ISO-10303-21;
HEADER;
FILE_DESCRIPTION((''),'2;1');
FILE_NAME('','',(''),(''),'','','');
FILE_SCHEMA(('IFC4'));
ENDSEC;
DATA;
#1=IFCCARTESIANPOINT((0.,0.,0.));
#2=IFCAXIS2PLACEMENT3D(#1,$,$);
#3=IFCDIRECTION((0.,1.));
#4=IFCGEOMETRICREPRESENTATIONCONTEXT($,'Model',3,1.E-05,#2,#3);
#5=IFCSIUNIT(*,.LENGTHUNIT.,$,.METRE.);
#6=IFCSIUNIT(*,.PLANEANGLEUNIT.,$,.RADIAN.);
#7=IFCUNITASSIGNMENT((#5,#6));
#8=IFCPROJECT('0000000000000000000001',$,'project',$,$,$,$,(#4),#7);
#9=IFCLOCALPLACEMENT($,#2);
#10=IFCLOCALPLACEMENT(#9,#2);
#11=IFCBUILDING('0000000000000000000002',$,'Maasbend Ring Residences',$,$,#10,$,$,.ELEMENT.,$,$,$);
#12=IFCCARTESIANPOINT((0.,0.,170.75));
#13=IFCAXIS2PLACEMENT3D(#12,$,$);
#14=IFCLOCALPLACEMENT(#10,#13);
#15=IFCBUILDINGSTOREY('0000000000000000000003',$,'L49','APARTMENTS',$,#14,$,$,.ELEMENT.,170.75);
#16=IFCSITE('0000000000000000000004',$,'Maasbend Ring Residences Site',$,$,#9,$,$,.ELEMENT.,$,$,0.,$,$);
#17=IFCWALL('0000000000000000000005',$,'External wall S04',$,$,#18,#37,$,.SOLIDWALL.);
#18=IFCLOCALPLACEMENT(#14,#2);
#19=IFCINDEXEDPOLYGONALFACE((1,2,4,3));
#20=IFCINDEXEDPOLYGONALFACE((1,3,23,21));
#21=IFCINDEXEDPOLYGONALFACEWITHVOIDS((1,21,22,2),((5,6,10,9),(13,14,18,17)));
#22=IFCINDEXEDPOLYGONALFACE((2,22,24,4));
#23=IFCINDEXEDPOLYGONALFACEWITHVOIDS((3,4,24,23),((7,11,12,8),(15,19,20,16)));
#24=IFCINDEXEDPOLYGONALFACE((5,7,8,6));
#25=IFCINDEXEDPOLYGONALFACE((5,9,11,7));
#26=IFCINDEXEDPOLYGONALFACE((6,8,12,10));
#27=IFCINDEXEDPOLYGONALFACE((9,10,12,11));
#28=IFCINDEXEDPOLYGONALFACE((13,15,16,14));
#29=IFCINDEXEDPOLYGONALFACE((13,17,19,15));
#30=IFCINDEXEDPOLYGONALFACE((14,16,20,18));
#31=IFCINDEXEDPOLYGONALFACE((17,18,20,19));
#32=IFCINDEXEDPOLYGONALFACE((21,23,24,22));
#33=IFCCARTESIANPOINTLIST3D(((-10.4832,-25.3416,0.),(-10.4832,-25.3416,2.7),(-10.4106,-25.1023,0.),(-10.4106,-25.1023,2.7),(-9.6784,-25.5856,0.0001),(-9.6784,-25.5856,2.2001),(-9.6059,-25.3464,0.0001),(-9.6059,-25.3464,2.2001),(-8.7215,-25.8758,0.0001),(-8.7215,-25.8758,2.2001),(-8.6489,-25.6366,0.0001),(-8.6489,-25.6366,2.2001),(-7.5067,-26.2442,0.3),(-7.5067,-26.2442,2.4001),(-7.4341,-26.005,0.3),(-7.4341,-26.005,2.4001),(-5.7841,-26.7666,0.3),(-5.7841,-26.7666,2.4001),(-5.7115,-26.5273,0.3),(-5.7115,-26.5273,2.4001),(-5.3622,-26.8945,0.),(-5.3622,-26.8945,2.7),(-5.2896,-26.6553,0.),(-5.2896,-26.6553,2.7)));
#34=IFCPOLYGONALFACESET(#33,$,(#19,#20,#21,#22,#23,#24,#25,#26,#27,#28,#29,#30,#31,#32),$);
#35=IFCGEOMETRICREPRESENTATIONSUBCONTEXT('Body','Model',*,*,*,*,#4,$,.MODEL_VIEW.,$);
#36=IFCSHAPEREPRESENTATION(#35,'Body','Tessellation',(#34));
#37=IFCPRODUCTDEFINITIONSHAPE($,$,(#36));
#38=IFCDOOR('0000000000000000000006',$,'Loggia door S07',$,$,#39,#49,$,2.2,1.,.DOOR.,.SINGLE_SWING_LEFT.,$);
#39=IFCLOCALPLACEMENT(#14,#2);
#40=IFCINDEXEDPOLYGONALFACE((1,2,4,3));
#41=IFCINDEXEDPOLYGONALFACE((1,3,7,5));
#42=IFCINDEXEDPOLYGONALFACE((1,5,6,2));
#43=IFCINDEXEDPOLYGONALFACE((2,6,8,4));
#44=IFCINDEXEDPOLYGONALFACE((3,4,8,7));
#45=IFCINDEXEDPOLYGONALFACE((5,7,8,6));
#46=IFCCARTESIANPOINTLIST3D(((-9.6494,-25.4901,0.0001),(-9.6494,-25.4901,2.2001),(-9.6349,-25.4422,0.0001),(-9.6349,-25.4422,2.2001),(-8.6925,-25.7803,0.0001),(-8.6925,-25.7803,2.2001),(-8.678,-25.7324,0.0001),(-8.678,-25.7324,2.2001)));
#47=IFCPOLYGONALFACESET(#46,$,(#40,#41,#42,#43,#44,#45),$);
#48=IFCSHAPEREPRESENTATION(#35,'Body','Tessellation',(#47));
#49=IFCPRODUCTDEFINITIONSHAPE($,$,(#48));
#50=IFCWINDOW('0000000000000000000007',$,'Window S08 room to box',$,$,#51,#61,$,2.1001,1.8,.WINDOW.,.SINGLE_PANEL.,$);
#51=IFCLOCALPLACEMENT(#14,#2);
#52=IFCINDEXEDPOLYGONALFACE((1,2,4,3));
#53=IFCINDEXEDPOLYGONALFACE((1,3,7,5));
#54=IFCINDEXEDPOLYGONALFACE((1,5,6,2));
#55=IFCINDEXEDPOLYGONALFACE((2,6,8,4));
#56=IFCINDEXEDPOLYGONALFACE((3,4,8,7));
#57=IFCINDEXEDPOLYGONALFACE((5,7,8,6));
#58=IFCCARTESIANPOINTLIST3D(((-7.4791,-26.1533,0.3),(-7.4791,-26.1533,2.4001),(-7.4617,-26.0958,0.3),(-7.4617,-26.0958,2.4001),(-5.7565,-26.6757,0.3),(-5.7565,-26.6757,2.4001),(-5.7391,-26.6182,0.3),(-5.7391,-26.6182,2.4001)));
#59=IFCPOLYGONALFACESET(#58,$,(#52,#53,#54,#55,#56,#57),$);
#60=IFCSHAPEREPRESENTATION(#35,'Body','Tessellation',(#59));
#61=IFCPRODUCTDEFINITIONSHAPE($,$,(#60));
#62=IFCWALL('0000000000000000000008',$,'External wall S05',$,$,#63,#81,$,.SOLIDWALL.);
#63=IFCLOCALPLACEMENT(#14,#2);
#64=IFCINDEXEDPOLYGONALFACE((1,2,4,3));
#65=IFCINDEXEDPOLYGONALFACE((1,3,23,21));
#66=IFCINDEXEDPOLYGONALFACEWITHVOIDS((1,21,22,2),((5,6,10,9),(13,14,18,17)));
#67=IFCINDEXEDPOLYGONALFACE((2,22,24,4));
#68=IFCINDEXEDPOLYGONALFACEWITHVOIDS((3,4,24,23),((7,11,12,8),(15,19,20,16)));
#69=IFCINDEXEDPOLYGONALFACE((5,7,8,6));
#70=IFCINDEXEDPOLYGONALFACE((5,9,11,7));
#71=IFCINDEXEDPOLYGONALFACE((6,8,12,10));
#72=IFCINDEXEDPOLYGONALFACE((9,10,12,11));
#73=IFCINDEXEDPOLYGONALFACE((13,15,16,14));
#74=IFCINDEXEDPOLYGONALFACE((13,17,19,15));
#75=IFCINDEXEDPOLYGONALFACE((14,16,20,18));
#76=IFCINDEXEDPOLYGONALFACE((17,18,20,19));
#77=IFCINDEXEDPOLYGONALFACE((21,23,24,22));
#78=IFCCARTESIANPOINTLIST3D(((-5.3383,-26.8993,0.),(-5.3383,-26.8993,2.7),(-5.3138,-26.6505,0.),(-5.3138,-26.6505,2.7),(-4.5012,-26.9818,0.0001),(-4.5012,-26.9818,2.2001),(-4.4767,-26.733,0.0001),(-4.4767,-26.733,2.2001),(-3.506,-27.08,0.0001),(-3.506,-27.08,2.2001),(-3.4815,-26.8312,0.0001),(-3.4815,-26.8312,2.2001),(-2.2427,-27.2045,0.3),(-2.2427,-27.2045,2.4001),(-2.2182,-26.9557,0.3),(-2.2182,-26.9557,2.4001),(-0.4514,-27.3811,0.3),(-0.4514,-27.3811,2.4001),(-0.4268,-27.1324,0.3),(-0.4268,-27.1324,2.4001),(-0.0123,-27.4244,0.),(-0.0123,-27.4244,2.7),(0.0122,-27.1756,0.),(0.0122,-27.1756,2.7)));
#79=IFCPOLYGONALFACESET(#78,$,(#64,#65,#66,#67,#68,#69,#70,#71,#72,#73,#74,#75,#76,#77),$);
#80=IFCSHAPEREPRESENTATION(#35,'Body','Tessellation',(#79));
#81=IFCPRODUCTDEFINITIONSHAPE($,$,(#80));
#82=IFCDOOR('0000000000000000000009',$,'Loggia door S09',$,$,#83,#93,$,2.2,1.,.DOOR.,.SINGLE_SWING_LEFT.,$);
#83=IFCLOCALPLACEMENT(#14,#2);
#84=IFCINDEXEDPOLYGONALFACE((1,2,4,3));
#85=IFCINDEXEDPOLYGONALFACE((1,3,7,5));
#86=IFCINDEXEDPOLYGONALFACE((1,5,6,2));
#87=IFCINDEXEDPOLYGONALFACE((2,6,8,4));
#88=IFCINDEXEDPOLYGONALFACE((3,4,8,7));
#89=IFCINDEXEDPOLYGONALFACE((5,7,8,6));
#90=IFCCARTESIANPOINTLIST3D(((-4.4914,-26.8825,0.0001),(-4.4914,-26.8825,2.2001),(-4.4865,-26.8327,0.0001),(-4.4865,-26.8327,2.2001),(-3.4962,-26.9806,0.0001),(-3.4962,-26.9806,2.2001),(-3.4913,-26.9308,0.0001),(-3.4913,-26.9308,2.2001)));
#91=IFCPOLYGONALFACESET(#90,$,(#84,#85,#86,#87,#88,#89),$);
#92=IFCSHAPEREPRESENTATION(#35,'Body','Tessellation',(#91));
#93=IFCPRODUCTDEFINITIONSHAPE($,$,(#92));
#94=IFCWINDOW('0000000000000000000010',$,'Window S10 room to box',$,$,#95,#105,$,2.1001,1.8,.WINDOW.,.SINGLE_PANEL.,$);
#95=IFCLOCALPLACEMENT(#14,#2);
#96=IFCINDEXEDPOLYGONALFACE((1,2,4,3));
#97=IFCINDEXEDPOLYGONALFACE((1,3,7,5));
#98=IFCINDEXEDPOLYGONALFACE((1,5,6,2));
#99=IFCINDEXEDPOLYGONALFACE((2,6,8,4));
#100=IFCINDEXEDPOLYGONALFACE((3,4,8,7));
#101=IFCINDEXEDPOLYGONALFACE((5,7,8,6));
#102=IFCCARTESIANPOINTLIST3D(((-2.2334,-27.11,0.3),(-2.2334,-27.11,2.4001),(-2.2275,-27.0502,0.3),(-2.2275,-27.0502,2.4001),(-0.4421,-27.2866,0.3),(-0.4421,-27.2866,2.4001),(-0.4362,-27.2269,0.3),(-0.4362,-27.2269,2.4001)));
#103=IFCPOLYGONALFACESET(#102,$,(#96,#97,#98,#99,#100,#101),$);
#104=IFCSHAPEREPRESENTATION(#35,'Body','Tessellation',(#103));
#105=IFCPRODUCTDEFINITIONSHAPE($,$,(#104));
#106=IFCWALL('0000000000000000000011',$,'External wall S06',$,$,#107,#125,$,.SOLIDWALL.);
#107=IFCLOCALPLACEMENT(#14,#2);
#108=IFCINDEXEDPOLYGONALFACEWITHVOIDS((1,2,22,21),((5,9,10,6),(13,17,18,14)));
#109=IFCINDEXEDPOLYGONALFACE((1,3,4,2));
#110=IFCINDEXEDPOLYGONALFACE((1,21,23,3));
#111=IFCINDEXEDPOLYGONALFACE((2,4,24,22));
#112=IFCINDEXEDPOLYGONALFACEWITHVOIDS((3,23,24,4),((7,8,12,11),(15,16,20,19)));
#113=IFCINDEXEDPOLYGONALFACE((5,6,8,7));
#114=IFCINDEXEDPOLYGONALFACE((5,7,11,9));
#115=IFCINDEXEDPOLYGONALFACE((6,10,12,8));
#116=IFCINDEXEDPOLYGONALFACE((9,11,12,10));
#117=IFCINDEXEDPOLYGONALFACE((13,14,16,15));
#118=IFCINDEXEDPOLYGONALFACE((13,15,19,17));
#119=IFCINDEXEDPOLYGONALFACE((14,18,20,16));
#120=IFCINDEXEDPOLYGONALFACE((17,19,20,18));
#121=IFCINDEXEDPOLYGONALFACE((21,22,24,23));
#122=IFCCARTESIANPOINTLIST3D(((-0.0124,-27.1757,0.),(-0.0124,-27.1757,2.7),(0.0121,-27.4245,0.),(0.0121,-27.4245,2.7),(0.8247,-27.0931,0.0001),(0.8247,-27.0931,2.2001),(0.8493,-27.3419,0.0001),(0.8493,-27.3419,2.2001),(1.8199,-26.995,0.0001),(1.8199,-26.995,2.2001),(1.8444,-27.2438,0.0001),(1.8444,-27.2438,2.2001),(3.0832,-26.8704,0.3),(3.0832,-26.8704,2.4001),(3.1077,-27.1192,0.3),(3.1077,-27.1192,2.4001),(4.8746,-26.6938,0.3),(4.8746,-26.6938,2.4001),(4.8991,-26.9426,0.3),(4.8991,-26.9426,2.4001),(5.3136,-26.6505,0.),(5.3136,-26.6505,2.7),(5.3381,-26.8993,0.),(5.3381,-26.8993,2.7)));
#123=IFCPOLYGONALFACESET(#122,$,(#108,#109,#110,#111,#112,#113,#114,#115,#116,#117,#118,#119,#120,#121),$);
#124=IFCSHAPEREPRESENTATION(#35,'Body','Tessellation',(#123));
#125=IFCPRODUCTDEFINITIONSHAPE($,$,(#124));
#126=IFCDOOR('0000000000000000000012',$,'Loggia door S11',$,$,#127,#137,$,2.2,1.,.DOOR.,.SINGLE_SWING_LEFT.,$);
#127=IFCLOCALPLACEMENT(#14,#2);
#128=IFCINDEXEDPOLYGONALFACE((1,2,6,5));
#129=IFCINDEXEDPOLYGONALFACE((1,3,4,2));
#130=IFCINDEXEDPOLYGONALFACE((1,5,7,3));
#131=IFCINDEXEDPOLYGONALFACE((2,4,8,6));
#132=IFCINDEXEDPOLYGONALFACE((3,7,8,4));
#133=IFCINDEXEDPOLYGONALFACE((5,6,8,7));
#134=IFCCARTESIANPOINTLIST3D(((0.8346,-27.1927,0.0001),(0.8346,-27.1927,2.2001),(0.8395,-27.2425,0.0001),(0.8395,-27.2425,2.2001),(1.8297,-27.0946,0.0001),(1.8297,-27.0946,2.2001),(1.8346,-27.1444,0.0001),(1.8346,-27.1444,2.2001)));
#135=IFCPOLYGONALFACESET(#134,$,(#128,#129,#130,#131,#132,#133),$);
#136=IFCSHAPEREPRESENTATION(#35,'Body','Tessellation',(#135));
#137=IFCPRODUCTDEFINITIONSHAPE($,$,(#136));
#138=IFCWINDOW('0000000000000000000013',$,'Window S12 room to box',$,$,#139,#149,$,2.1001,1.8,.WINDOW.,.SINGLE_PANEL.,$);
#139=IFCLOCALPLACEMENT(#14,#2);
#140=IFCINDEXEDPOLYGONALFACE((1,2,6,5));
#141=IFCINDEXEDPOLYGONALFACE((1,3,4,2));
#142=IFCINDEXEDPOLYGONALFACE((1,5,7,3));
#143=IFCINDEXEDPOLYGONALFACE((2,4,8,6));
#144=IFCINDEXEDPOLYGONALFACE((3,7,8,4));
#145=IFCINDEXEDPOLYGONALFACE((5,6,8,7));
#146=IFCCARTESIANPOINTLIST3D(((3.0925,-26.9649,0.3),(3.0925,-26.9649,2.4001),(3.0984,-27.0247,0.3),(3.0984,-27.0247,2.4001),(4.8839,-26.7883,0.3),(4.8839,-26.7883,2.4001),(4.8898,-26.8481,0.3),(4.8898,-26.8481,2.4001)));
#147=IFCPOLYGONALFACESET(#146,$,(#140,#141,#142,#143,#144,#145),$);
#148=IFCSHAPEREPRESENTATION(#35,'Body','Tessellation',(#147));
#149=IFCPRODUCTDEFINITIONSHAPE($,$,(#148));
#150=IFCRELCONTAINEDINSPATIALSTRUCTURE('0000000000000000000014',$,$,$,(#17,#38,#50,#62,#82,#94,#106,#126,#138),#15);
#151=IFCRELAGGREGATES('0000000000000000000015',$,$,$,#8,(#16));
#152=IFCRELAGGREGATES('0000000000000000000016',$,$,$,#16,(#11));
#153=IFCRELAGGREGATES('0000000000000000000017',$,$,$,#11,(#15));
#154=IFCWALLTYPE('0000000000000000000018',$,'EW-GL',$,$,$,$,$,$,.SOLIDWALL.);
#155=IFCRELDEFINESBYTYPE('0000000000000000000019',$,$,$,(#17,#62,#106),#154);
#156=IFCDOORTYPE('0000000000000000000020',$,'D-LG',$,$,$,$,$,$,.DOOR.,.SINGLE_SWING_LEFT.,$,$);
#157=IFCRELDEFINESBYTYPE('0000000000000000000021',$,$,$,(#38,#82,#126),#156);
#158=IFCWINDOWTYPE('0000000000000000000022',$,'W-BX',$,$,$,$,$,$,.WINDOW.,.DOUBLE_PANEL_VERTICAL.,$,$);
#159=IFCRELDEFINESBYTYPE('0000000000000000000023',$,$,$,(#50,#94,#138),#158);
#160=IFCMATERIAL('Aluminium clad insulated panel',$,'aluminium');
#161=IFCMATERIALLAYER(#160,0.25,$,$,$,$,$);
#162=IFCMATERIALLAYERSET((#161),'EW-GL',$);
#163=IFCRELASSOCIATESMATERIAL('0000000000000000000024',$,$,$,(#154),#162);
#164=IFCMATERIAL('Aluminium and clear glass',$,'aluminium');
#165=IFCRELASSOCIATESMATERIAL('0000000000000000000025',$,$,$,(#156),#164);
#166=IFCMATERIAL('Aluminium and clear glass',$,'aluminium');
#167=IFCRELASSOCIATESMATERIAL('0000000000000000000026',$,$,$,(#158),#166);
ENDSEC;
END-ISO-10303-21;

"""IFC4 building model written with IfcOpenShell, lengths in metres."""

from ifc_helpers import new_model, si_unit, direction, frame, frame_2d, origin, place, context, subcontext, project, spatial, rectangle, extrude, material, layer, layer_set, type_object, element, fill, save


model = new_model("IFC4")

# Units and contexts
model_context = context("Model", 3, precision=1e-05, world=origin(), true_north=direction((0.0, 1.0)))
body_context = subcontext(model_context, "Body", "Model", "MODEL_VIEW")
ifc_project = project(units=[si_unit("LENGTHUNIT", "METRE"), si_unit("PLANEANGLEUNIT", "RADIAN")], contexts=[model_context])

# Site, building, storey
site_placement = place(None, origin())
site = spatial("IfcSite", under=ifc_project, at=site_placement, Name="Maasbend Ring Residences Site", CompositionType="ELEMENT", RefElevation=0.0)
building_placement = place(site_placement, origin())
building = spatial("IfcBuilding", under=site, at=building_placement, Name="Maasbend Ring Residences", CompositionType="ELEMENT")
storey_placement = place(building_placement, frame((0.0, 0.0, 170.75)))
storey = spatial("IfcBuildingStorey", under=building, at=storey_placement, Name="L49", Description="APARTMENTS", CompositionType="ELEMENT", Elevation=170.75)

# Walls, openings, doors, windows
ifc_material_1 = material(Name="Aluminium clad insulated panel", Category="aluminium")
ifc_layer_1 = layer(ifc_material_1, 0.25)
ifc_layer_set_1 = layer_set([ifc_layer_1], Name="EW-GL")
wall_type_1 = type_object("IfcWallType", Name="EW-GL", PredefinedType="SOLIDWALL", material=ifc_layer_set_1)
wall_1_placement = place(storey_placement, frame((-10.447, -25.2219, 0.0), z_axis=(0.0, 0.0, 1.0), x_axis=(0.956966, -0.290201, 0.0)))
wall_1 = element("IfcWall", 1, at=wall_1_placement, inside=storey, type_object=wall_type_1, Name="External wall S04", PredefinedType="SOLIDWALL", context=body_context, shape_type="SweptSolid", body=[
    extrude(rectangle(XDim=5.3513, YDim=0.25, at=frame_2d((2.6758, 0.0))), origin(), (0.0, 0.0, 1.0), 2.7),
])
opening_1_placement = place(wall_1_placement, frame((0.8411, 0.0, 0.0)))
opening_1 = element("IfcOpeningElement", 2, at=opening_1_placement, cuts=wall_1, PredefinedType="OPENING", context=body_context, shape_type="SweptSolid", body=[
    extrude(rectangle(XDim=1.0, YDim=2.2, at=frame_2d((0.5, 1.1001))), frame((0.0, 0.135, 0.0), z_axis=(0.0, -1.0, 0.0), x_axis=(1.0, 0.0, 0.0)), (0.0, 0.0, 1.0), 0.27),
])
opening_2_placement = place(wall_1_placement, frame((3.1106, 0.0, 0.3)))
opening_2 = element("IfcOpeningElement", 3, at=opening_2_placement, cuts=wall_1, PredefinedType="OPENING", context=body_context, shape_type="SweptSolid", body=[
    extrude(rectangle(XDim=1.8, YDim=2.1001, at=frame_2d((0.8999, 1.05))), frame((0.0, 0.135, 0.0), z_axis=(0.0, -1.0, 0.0), x_axis=(1.0, 0.0, 0.0)), (0.0, 0.0, 1.0), 0.27),
])
ifc_material_2 = material(Name="Aluminium and clear glass", Category="aluminium")
door_type_1 = type_object("IfcDoorType", Name="D-LG", OperationType="SINGLE_SWING_LEFT", PredefinedType="DOOR", material=ifc_material_2)
door_1_placement = place(opening_1_placement, origin())
door_1 = element("IfcDoor", 4, at=door_1_placement, inside=storey, type_object=door_type_1, Name="Loggia door S07", OperationType="SINGLE_SWING_LEFT", OverallHeight=2.2, OverallWidth=1.0, PredefinedType="DOOR", context=body_context, shape_type="SweptSolid", body=[
    extrude(rectangle(XDim=1.0, YDim=2.2, at=frame_2d((0.5, 1.1001))), frame((0.0, 0.0249, 0.0), z_axis=(0.0, -1.0, 0.0), x_axis=(1.0, 0.0, 0.0)), (0.0, 0.0, 1.0), 0.05),
])
fill(opening_1, door_1)
ifc_material_3 = material(Name="Aluminium and clear glass", Category="aluminium")
window_type_1 = type_object("IfcWindowType", Name="W-BX", PartitioningType="DOUBLE_PANEL_VERTICAL", PredefinedType="WINDOW", material=ifc_material_3)
window_1_placement = place(opening_2_placement, origin())
window_1 = element("IfcWindow", 5, at=window_1_placement, inside=storey, type_object=window_type_1, Name="Window S08 room to box", OverallHeight=2.1001, OverallWidth=1.8, PartitioningType="SINGLE_PANEL", PredefinedType="WINDOW", context=body_context, shape_type="SweptSolid", body=[
    extrude(rectangle(XDim=1.8, YDim=2.1001, at=frame_2d((0.8999, 1.05))), frame((0.0, 0.03, 0.0), z_axis=(0.0, -1.0, 0.0), x_axis=(1.0, 0.0, 0.0)), (0.0, 0.0, 1.0), 0.0601),
])
fill(opening_2, window_1)
wall_2_placement = place(storey_placement, frame((-5.3259, -26.7749, 0.0), z_axis=(0.0, 0.0, 1.0), x_axis=(0.995174, -0.098126, 0.0)))
wall_2 = element("IfcWall", 6, at=wall_2_placement, inside=storey, type_object=wall_type_1, Name="External wall S05", PredefinedType="SOLIDWALL", context=body_context, shape_type="SweptSolid", body=[
    extrude(rectangle(XDim=5.3518, YDim=0.25, at=frame_2d((2.6758, 0.0))), origin(), (0.0, 0.0, 1.0), 2.7),
])
opening_3_placement = place(wall_2_placement, frame((0.8411, 0.0, 0.0)))
opening_3 = element("IfcOpeningElement", 7, at=opening_3_placement, cuts=wall_2, PredefinedType="OPENING", context=body_context, shape_type="SweptSolid", body=[
    extrude(rectangle(XDim=1.0, YDim=2.2, at=frame_2d((0.5, 1.1001))), frame((0.0, 0.135, 0.0), z_axis=(0.0, -1.0, 0.0), x_axis=(1.0, 0.0, 0.0)), (0.0, 0.0, 1.0), 0.27),
])
opening_4_placement = place(wall_2_placement, frame((3.1106, 0.0, 0.3)))
opening_4 = element("IfcOpeningElement", 8, at=opening_4_placement, cuts=wall_2, PredefinedType="OPENING", context=body_context, shape_type="SweptSolid", body=[
    extrude(rectangle(XDim=1.8, YDim=2.1001, at=frame_2d((0.8999, 1.05))), frame((0.0, 0.135, 0.0), z_axis=(0.0, -1.0, 0.0), x_axis=(1.0, 0.0, 0.0)), (0.0, 0.0, 1.0), 0.27),
])
door_2_placement = place(opening_3_placement, origin())
door_2 = element("IfcDoor", 9, at=door_2_placement, inside=storey, type_object=door_type_1, Name="Loggia door S09", OperationType="SINGLE_SWING_LEFT", OverallHeight=2.2, OverallWidth=1.0, PredefinedType="DOOR", context=body_context, shape_type="SweptSolid", body=[
    extrude(rectangle(XDim=1.0, YDim=2.2, at=frame_2d((0.5, 1.1001))), frame((0.0, 0.0249, 0.0), z_axis=(0.0, -1.0, 0.0), x_axis=(1.0, 0.0, 0.0)), (0.0, 0.0, 1.0), 0.05),
])
fill(opening_3, door_2)
window_2_placement = place(opening_4_placement, origin())
window_2 = element("IfcWindow", 10, at=window_2_placement, inside=storey, type_object=window_type_1, Name="Window S10 room to box", OverallHeight=2.1001, OverallWidth=1.8, PartitioningType="SINGLE_PANEL", PredefinedType="WINDOW", context=body_context, shape_type="SweptSolid", body=[
    extrude(rectangle(XDim=1.8, YDim=2.1001, at=frame_2d((0.8999, 1.05))), frame((0.0, 0.03, 0.0), z_axis=(0.0, -1.0, 0.0), x_axis=(1.0, 0.0, 0.0)), (0.0, 0.0, 1.0), 0.0601),
])
fill(opening_4, window_2)
wall_3_placement = place(storey_placement, frame((0.0, -27.3, 0.0), z_axis=(0.0, 0.0, 1.0), x_axis=(0.995174, 0.098126, 0.0)))
wall_3 = element("IfcWall", 11, at=wall_3_placement, inside=storey, type_object=wall_type_1, Name="External wall S06", PredefinedType="SOLIDWALL", context=body_context, shape_type="SweptSolid", body=[
    extrude(rectangle(XDim=5.3518, YDim=0.25, at=frame_2d((2.6758, 0.0))), origin(), (0.0, 0.0, 1.0), 2.7),
])
opening_5_placement = place(wall_3_placement, frame((0.8411, 0.0, 0.0)))
opening_5 = element("IfcOpeningElement", 12, at=opening_5_placement, cuts=wall_3, PredefinedType="OPENING", context=body_context, shape_type="SweptSolid", body=[
    extrude(rectangle(XDim=1.0, YDim=2.2, at=frame_2d((0.5, 1.1001))), frame((0.0, 0.135, 0.0), z_axis=(0.0, -1.0, 0.0), x_axis=(1.0, 0.0, 0.0)), (0.0, 0.0, 1.0), 0.27),
])
opening_6_placement = place(wall_3_placement, frame((3.1106, 0.0, 0.3)))
opening_6 = element("IfcOpeningElement", 13, at=opening_6_placement, cuts=wall_3, PredefinedType="OPENING", context=body_context, shape_type="SweptSolid", body=[
    extrude(rectangle(XDim=1.8, YDim=2.1001, at=frame_2d((0.8999, 1.05))), frame((0.0, 0.135, 0.0), z_axis=(0.0, -1.0, 0.0), x_axis=(1.0, 0.0, 0.0)), (0.0, 0.0, 1.0), 0.27),
])
door_3_placement = place(opening_5_placement, origin())
door_3 = element("IfcDoor", 14, at=door_3_placement, inside=storey, type_object=door_type_1, Name="Loggia door S11", OperationType="SINGLE_SWING_LEFT", OverallHeight=2.2, OverallWidth=1.0, PredefinedType="DOOR", context=body_context, shape_type="SweptSolid", body=[
    extrude(rectangle(XDim=1.0, YDim=2.2, at=frame_2d((0.5, 1.1001))), frame((0.0, 0.0249, 0.0), z_axis=(0.0, -1.0, 0.0), x_axis=(1.0, 0.0, 0.0)), (0.0, 0.0, 1.0), 0.05),
])
fill(opening_5, door_3)
window_3_placement = place(opening_6_placement, origin())
window_3 = element("IfcWindow", 15, at=window_3_placement, inside=storey, type_object=window_type_1, Name="Window S12 room to box", OverallHeight=2.1001, OverallWidth=1.8, PartitioningType="SINGLE_PANEL", PredefinedType="WINDOW", context=body_context, shape_type="SweptSolid", body=[
    extrude(rectangle(XDim=1.8, YDim=2.1001, at=frame_2d((0.8999, 1.05))), frame((0.0, 0.03, 0.0), z_axis=(0.0, -1.0, 0.0), x_axis=(1.0, 0.0, 0.0)), (0.0, 0.0, 1.0), 0.0601),
])
fill(opening_6, window_3)

save(model, "model.ifc")
